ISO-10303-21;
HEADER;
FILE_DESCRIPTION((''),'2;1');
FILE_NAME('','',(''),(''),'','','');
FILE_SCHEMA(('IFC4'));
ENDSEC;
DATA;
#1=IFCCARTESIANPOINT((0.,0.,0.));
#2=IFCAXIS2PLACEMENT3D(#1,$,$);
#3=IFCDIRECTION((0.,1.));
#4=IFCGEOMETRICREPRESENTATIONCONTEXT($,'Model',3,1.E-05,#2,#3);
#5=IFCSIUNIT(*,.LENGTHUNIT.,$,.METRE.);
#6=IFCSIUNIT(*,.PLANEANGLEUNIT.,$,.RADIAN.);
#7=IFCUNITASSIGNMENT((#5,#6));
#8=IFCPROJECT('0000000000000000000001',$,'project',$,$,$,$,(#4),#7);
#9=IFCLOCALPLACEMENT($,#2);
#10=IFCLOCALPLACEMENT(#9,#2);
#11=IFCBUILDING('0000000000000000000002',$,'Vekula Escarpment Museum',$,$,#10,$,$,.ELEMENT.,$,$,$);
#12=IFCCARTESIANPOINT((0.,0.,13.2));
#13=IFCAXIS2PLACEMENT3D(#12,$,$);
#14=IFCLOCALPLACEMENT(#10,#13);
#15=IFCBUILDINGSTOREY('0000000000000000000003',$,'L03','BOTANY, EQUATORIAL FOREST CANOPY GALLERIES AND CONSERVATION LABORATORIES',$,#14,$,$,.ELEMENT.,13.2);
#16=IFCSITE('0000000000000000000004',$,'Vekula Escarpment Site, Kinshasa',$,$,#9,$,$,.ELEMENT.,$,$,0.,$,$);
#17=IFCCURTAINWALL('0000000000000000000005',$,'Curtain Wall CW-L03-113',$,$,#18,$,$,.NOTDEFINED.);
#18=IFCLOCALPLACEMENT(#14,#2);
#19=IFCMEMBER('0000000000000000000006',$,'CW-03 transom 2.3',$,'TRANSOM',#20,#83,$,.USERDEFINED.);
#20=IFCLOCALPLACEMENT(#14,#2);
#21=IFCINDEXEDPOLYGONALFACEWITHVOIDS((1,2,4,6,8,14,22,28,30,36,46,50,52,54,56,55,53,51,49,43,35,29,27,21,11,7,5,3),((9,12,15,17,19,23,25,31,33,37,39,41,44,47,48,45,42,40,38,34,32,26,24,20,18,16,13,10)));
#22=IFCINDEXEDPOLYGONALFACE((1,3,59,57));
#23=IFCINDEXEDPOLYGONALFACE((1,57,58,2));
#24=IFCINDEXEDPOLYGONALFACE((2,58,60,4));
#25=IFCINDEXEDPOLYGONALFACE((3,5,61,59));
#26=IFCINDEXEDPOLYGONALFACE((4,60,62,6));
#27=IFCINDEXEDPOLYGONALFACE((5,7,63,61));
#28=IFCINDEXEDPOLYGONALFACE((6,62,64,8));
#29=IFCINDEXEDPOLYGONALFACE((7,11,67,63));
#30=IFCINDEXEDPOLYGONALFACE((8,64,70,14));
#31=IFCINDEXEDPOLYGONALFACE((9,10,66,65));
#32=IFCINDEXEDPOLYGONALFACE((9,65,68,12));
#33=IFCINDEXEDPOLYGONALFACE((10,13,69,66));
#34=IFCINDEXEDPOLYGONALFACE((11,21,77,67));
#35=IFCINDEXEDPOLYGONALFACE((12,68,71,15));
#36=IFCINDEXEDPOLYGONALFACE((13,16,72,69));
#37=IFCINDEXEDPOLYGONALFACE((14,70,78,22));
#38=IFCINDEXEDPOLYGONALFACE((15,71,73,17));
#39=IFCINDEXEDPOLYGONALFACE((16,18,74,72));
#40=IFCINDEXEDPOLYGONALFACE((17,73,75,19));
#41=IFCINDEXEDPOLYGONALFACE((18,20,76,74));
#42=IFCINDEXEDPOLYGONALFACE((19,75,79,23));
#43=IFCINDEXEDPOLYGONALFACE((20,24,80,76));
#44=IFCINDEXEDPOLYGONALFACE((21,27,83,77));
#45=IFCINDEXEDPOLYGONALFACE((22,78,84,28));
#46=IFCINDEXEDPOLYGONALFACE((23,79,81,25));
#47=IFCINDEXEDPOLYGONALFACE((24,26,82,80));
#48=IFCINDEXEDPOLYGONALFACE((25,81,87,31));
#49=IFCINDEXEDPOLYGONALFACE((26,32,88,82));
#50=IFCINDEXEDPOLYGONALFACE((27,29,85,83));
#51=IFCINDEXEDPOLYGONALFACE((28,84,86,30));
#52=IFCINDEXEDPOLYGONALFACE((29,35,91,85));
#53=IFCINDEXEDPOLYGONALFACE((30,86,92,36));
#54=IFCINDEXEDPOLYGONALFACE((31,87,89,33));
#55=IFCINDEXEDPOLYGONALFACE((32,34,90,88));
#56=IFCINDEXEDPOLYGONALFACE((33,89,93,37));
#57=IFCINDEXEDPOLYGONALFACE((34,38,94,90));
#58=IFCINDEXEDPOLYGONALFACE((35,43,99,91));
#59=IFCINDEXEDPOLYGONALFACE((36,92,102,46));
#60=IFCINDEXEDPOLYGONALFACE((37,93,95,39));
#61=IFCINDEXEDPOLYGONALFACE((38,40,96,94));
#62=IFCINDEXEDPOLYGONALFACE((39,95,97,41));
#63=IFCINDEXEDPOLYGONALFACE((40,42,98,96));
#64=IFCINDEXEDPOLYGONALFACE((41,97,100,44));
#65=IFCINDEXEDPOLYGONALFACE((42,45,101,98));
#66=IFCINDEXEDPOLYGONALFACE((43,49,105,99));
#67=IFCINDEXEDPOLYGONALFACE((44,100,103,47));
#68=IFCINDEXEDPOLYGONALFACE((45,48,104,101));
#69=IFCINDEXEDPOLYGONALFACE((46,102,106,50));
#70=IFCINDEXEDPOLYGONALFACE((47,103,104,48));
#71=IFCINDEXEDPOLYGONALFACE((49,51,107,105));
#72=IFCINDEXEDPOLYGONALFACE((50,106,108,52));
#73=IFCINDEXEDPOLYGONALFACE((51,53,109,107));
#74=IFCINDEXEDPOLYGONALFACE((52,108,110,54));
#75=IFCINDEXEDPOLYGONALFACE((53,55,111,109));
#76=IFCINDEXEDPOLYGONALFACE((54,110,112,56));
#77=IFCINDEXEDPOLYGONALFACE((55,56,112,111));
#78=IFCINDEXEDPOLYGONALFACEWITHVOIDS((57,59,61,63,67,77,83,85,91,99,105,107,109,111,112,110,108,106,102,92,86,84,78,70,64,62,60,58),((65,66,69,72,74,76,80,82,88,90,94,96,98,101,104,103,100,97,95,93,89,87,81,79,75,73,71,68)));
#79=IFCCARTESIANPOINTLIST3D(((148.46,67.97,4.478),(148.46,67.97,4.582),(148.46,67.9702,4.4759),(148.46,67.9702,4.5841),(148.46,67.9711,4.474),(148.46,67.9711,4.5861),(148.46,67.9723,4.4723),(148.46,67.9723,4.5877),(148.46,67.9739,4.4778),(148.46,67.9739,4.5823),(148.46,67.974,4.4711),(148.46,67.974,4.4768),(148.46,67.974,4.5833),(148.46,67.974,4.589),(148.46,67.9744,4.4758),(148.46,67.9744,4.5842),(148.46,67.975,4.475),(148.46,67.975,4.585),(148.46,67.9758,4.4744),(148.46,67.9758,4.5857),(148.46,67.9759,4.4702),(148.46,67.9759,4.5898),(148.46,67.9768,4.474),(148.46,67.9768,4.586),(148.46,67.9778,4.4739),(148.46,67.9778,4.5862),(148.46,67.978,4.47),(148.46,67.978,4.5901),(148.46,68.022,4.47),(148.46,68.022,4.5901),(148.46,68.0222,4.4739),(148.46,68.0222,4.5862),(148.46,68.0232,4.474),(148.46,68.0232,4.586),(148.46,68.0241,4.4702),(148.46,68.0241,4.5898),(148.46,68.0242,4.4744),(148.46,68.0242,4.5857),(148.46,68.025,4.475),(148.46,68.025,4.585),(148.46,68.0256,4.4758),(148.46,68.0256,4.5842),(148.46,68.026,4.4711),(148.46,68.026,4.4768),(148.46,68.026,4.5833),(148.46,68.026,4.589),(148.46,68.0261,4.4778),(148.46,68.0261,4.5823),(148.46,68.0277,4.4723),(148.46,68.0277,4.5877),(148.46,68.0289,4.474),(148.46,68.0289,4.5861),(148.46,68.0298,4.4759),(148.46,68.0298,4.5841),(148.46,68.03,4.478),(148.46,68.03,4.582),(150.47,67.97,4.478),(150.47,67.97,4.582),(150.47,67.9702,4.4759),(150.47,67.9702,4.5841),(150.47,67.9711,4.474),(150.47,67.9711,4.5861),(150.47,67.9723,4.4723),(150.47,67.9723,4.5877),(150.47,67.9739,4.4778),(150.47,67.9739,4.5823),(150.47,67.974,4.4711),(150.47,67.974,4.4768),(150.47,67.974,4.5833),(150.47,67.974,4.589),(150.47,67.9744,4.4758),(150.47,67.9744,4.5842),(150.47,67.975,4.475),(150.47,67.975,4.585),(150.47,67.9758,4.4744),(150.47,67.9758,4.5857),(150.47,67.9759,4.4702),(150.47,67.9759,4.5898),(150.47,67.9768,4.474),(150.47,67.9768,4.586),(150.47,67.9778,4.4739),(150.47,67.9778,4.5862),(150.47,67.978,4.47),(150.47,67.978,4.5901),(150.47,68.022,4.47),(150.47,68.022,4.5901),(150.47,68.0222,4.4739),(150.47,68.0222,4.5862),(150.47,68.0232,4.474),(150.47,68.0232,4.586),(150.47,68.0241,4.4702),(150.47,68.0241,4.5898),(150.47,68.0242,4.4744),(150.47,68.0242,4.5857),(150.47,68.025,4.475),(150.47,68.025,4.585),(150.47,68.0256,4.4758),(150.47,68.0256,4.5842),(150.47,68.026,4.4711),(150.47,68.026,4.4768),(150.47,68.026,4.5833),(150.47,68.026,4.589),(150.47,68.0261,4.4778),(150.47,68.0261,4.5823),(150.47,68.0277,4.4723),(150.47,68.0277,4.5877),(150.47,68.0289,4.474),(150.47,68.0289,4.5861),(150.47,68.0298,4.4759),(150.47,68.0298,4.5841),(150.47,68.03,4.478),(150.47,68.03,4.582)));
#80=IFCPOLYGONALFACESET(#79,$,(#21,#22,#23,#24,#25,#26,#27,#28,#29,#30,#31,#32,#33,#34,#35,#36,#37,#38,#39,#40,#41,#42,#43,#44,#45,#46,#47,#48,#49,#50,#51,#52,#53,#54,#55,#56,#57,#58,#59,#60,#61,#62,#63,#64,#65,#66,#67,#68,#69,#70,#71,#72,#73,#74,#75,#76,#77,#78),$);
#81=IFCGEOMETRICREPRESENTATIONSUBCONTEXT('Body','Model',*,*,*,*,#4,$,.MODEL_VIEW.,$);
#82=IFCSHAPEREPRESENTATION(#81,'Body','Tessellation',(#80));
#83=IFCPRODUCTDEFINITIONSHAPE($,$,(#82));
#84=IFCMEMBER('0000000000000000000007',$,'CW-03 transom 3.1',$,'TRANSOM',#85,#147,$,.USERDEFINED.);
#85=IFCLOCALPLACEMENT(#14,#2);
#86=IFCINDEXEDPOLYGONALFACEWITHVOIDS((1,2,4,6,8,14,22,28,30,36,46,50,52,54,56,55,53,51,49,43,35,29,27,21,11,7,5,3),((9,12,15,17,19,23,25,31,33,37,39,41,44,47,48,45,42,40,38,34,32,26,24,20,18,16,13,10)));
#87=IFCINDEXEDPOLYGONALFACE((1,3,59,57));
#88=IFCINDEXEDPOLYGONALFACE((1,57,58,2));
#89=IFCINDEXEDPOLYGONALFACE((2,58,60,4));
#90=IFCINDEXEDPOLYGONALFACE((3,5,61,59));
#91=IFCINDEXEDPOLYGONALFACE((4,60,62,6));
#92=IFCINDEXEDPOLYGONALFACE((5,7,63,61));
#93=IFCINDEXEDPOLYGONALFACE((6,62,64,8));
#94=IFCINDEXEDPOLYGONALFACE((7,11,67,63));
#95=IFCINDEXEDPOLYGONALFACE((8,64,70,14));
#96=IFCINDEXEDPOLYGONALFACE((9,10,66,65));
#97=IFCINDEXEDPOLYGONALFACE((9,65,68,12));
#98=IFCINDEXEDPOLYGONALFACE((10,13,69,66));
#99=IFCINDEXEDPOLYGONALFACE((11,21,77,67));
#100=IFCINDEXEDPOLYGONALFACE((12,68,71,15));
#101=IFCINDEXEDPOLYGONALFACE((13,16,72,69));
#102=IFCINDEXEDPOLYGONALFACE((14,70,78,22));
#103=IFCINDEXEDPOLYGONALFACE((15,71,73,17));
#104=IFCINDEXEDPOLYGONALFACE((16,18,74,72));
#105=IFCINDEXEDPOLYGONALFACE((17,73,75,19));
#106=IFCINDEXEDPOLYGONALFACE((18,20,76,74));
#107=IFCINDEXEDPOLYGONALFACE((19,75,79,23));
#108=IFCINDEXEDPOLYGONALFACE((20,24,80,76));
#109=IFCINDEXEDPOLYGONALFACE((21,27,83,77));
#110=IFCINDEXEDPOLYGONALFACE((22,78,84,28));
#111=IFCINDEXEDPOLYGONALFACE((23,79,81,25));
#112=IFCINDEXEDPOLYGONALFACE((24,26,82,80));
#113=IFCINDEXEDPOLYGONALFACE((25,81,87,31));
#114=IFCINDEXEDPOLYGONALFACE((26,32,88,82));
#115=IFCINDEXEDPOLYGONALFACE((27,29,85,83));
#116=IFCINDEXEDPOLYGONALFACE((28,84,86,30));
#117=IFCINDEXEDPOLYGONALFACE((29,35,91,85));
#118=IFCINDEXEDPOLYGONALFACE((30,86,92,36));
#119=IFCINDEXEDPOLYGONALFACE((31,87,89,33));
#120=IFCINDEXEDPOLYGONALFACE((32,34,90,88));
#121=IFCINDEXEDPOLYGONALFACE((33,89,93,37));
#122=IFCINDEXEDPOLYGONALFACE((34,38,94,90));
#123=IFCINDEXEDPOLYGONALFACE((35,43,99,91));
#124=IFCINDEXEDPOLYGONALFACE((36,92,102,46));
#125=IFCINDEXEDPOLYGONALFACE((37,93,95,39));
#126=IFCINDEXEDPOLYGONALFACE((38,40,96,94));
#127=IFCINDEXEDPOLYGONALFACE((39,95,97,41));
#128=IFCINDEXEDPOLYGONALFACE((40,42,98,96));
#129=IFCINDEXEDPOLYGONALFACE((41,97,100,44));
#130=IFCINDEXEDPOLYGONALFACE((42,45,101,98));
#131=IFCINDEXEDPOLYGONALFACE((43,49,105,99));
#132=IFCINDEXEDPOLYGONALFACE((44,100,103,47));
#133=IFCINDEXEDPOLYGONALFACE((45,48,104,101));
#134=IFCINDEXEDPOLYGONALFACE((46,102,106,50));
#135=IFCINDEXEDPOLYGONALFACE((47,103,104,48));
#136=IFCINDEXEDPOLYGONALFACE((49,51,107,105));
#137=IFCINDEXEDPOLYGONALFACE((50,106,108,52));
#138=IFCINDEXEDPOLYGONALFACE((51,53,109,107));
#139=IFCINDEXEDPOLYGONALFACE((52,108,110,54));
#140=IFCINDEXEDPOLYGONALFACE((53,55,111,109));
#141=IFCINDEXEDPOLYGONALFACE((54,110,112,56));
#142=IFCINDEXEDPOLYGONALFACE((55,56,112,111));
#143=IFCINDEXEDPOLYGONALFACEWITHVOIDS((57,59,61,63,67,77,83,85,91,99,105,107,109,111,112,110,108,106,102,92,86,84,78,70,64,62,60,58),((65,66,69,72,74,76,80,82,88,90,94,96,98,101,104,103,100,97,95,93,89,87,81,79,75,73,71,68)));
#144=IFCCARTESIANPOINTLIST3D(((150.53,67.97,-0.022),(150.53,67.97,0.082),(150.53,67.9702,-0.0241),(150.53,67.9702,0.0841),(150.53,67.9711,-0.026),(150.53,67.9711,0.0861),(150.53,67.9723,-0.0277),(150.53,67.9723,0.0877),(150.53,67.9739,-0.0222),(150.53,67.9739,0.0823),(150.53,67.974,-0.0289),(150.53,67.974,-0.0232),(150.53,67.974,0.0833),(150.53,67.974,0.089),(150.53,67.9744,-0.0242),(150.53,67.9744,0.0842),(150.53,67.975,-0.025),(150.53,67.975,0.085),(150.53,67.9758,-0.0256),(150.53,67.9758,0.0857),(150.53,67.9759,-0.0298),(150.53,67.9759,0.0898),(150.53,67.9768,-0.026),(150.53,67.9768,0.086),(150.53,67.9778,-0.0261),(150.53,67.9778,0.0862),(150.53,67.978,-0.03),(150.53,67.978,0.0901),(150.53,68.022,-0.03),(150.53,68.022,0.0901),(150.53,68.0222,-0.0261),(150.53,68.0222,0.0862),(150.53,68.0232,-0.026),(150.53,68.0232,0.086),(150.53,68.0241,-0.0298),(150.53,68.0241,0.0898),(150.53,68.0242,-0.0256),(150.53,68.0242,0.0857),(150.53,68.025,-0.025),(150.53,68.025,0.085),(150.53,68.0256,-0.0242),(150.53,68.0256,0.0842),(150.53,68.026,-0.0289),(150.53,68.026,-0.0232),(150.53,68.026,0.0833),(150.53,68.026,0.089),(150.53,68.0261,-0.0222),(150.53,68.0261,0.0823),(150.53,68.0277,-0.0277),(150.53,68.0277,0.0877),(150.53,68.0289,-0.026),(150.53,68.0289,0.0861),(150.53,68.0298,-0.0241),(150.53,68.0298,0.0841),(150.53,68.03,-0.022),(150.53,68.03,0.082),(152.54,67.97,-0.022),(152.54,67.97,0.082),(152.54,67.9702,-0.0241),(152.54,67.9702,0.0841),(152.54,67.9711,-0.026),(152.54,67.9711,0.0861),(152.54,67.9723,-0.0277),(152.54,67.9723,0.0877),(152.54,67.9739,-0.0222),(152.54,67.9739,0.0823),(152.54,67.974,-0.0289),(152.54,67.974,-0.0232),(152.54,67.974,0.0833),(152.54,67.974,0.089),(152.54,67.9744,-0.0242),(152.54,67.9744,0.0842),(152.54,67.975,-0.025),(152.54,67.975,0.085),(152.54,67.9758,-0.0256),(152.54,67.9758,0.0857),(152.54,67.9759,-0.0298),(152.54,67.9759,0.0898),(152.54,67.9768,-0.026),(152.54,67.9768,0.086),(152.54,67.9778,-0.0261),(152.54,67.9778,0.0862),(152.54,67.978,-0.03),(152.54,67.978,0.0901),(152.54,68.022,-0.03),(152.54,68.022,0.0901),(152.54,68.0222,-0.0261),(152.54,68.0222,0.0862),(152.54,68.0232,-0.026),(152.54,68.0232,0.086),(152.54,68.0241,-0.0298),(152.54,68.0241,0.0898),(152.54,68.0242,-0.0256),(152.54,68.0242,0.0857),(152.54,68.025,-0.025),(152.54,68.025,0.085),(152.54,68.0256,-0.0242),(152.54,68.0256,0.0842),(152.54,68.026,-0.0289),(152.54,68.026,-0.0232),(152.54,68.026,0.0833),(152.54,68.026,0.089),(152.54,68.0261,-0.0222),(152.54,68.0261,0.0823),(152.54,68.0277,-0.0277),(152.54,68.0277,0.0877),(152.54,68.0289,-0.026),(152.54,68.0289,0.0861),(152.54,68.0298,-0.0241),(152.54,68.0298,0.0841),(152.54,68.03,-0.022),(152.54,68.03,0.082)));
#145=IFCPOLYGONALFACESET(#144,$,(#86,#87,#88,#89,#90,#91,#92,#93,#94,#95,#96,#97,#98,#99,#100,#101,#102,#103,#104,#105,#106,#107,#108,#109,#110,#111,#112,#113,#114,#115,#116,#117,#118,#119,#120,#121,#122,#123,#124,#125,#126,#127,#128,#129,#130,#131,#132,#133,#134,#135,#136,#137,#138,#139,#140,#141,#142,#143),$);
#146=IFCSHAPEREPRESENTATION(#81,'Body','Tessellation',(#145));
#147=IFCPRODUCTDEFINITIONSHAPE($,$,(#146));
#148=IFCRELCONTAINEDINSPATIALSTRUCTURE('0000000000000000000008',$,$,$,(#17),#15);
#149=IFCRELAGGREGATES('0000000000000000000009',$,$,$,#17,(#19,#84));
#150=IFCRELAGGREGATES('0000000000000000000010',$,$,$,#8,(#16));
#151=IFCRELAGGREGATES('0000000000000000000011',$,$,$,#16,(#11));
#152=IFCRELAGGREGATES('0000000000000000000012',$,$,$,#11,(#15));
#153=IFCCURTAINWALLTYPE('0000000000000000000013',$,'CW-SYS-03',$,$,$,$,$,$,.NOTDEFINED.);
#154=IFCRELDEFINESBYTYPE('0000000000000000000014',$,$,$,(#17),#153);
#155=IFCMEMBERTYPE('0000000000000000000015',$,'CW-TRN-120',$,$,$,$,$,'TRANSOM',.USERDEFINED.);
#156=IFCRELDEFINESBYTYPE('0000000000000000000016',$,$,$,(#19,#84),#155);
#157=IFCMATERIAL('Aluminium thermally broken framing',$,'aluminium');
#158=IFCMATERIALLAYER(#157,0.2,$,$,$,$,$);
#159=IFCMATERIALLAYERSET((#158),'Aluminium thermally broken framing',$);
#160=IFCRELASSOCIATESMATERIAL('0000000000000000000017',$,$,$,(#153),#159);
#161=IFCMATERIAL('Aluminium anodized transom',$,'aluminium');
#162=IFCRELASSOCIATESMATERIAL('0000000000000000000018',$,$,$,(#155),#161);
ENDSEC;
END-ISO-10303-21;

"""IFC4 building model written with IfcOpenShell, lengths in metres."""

from ifc_helpers import new_model, si_unit, direction, frame, origin, origin_2d, place, context, subcontext, project, spatial, hollow_rectangle, extrude, material, layer, layer_set, material_profile, profile_set, type_object, element, aggregate, save


model = new_model("IFC4")

# Units and contexts
model_context = context("Model", 3, precision=1e-05, world=origin(), true_north=direction((0.0, 1.0)))
body_context = subcontext(model_context, "Body", "Model", "MODEL_VIEW")
ifc_project = project(units=[si_unit("LENGTHUNIT", "METRE"), si_unit("PLANEANGLEUNIT", "RADIAN")], contexts=[model_context])

# Site, building, storey
site_placement = place(None, origin())
site = spatial("IfcSite", under=ifc_project, at=site_placement, Name="Vekula Escarpment Site, Kinshasa", CompositionType="ELEMENT", RefElevation=0.0)
building_placement = place(site_placement, origin())
building = spatial("IfcBuilding", under=site, at=building_placement, Name="Vekula Escarpment Museum", CompositionType="ELEMENT")
storey_placement = place(building_placement, frame((0.0, 0.0, 13.2)))
storey = spatial("IfcBuildingStorey", under=building, at=storey_placement, Name="L03", Description="BOTANY, EQUATORIAL FOREST CANOPY GALLERIES AND CONSERVATION LABORATORIES", CompositionType="ELEMENT", Elevation=13.2)

# Curtain wall
ifc_material_1 = material(Name="Aluminium thermally broken framing", Category="aluminium")
ifc_layer_1 = layer(ifc_material_1, 0.2)
ifc_layer_set_1 = layer_set([ifc_layer_1], Name="Aluminium thermally broken framing")
curtain_wall_type_1 = type_object("IfcCurtainWallType", Name="CW-SYS-03", PredefinedType="NOTDEFINED", material=ifc_layer_set_1)
curtain_wall_1_placement = place(storey_placement, origin())
curtain_wall_1 = element("IfcCurtainWall", 1, at=curtain_wall_1_placement, inside=storey, type_object=curtain_wall_type_1, Name="Curtain Wall CW-L03-113", PredefinedType="NOTDEFINED")

# Members
ifc_material_2 = material(Name="Aluminium anodized transom", Category="aluminium")
ifc_material_profile_1 = material_profile(ifc_material_2, hollow_rectangle(XDim=0.0601, YDim=0.1201, WallThickness=0.0039, InnerFilletRadius=0.0039, OuterFilletRadius=0.0081, at=origin_2d()), Name="ALU 120x60x4")
ifc_profile_set_1 = profile_set([ifc_material_profile_1], Name="Aluminium anodized transom")
member_type_1 = type_object("IfcMemberType", Name="CW-TRN-120", ElementType="TRANSOM", PredefinedType="USERDEFINED", material=ifc_profile_set_1)
member_1_placement = place(storey_placement, frame((148.46, 68.0, 4.53), z_axis=(1.0, 0.0, 0.0), x_axis=(0.0, 1.0, 0.0)))
member_1 = element("IfcMember", 2, at=member_1_placement, type_object=member_type_1, Name="CW-03 transom 2.3", ObjectType="TRANSOM", PredefinedType="USERDEFINED", context=body_context, shape_type="SweptSolid", body=[
    extrude(hollow_rectangle(XDim=0.0601, YDim=0.1201, WallThickness=0.0039, InnerFilletRadius=0.0039, OuterFilletRadius=0.0081, at=origin_2d()), origin(), (0.0, 0.0, 1.0), 2.01),
])
member_2_placement = place(storey_placement, frame((150.53, 68.0, 0.03), z_axis=(1.0, 0.0, 0.0), x_axis=(0.0, 1.0, 0.0)))
member_2 = element("IfcMember", 3, at=member_2_placement, type_object=member_type_1, Name="CW-03 transom 3.1", ObjectType="TRANSOM", PredefinedType="USERDEFINED", context=body_context, shape_type="SweptSolid", body=[
    extrude(hollow_rectangle(XDim=0.0601, YDim=0.1201, WallThickness=0.0039, InnerFilletRadius=0.0039, OuterFilletRadius=0.0081, at=origin_2d()), origin(), (0.0, 0.0, 1.0), 2.01),
])

aggregate(curtain_wall_1, [member_1, member_2])

save(model, "model.ifc")
